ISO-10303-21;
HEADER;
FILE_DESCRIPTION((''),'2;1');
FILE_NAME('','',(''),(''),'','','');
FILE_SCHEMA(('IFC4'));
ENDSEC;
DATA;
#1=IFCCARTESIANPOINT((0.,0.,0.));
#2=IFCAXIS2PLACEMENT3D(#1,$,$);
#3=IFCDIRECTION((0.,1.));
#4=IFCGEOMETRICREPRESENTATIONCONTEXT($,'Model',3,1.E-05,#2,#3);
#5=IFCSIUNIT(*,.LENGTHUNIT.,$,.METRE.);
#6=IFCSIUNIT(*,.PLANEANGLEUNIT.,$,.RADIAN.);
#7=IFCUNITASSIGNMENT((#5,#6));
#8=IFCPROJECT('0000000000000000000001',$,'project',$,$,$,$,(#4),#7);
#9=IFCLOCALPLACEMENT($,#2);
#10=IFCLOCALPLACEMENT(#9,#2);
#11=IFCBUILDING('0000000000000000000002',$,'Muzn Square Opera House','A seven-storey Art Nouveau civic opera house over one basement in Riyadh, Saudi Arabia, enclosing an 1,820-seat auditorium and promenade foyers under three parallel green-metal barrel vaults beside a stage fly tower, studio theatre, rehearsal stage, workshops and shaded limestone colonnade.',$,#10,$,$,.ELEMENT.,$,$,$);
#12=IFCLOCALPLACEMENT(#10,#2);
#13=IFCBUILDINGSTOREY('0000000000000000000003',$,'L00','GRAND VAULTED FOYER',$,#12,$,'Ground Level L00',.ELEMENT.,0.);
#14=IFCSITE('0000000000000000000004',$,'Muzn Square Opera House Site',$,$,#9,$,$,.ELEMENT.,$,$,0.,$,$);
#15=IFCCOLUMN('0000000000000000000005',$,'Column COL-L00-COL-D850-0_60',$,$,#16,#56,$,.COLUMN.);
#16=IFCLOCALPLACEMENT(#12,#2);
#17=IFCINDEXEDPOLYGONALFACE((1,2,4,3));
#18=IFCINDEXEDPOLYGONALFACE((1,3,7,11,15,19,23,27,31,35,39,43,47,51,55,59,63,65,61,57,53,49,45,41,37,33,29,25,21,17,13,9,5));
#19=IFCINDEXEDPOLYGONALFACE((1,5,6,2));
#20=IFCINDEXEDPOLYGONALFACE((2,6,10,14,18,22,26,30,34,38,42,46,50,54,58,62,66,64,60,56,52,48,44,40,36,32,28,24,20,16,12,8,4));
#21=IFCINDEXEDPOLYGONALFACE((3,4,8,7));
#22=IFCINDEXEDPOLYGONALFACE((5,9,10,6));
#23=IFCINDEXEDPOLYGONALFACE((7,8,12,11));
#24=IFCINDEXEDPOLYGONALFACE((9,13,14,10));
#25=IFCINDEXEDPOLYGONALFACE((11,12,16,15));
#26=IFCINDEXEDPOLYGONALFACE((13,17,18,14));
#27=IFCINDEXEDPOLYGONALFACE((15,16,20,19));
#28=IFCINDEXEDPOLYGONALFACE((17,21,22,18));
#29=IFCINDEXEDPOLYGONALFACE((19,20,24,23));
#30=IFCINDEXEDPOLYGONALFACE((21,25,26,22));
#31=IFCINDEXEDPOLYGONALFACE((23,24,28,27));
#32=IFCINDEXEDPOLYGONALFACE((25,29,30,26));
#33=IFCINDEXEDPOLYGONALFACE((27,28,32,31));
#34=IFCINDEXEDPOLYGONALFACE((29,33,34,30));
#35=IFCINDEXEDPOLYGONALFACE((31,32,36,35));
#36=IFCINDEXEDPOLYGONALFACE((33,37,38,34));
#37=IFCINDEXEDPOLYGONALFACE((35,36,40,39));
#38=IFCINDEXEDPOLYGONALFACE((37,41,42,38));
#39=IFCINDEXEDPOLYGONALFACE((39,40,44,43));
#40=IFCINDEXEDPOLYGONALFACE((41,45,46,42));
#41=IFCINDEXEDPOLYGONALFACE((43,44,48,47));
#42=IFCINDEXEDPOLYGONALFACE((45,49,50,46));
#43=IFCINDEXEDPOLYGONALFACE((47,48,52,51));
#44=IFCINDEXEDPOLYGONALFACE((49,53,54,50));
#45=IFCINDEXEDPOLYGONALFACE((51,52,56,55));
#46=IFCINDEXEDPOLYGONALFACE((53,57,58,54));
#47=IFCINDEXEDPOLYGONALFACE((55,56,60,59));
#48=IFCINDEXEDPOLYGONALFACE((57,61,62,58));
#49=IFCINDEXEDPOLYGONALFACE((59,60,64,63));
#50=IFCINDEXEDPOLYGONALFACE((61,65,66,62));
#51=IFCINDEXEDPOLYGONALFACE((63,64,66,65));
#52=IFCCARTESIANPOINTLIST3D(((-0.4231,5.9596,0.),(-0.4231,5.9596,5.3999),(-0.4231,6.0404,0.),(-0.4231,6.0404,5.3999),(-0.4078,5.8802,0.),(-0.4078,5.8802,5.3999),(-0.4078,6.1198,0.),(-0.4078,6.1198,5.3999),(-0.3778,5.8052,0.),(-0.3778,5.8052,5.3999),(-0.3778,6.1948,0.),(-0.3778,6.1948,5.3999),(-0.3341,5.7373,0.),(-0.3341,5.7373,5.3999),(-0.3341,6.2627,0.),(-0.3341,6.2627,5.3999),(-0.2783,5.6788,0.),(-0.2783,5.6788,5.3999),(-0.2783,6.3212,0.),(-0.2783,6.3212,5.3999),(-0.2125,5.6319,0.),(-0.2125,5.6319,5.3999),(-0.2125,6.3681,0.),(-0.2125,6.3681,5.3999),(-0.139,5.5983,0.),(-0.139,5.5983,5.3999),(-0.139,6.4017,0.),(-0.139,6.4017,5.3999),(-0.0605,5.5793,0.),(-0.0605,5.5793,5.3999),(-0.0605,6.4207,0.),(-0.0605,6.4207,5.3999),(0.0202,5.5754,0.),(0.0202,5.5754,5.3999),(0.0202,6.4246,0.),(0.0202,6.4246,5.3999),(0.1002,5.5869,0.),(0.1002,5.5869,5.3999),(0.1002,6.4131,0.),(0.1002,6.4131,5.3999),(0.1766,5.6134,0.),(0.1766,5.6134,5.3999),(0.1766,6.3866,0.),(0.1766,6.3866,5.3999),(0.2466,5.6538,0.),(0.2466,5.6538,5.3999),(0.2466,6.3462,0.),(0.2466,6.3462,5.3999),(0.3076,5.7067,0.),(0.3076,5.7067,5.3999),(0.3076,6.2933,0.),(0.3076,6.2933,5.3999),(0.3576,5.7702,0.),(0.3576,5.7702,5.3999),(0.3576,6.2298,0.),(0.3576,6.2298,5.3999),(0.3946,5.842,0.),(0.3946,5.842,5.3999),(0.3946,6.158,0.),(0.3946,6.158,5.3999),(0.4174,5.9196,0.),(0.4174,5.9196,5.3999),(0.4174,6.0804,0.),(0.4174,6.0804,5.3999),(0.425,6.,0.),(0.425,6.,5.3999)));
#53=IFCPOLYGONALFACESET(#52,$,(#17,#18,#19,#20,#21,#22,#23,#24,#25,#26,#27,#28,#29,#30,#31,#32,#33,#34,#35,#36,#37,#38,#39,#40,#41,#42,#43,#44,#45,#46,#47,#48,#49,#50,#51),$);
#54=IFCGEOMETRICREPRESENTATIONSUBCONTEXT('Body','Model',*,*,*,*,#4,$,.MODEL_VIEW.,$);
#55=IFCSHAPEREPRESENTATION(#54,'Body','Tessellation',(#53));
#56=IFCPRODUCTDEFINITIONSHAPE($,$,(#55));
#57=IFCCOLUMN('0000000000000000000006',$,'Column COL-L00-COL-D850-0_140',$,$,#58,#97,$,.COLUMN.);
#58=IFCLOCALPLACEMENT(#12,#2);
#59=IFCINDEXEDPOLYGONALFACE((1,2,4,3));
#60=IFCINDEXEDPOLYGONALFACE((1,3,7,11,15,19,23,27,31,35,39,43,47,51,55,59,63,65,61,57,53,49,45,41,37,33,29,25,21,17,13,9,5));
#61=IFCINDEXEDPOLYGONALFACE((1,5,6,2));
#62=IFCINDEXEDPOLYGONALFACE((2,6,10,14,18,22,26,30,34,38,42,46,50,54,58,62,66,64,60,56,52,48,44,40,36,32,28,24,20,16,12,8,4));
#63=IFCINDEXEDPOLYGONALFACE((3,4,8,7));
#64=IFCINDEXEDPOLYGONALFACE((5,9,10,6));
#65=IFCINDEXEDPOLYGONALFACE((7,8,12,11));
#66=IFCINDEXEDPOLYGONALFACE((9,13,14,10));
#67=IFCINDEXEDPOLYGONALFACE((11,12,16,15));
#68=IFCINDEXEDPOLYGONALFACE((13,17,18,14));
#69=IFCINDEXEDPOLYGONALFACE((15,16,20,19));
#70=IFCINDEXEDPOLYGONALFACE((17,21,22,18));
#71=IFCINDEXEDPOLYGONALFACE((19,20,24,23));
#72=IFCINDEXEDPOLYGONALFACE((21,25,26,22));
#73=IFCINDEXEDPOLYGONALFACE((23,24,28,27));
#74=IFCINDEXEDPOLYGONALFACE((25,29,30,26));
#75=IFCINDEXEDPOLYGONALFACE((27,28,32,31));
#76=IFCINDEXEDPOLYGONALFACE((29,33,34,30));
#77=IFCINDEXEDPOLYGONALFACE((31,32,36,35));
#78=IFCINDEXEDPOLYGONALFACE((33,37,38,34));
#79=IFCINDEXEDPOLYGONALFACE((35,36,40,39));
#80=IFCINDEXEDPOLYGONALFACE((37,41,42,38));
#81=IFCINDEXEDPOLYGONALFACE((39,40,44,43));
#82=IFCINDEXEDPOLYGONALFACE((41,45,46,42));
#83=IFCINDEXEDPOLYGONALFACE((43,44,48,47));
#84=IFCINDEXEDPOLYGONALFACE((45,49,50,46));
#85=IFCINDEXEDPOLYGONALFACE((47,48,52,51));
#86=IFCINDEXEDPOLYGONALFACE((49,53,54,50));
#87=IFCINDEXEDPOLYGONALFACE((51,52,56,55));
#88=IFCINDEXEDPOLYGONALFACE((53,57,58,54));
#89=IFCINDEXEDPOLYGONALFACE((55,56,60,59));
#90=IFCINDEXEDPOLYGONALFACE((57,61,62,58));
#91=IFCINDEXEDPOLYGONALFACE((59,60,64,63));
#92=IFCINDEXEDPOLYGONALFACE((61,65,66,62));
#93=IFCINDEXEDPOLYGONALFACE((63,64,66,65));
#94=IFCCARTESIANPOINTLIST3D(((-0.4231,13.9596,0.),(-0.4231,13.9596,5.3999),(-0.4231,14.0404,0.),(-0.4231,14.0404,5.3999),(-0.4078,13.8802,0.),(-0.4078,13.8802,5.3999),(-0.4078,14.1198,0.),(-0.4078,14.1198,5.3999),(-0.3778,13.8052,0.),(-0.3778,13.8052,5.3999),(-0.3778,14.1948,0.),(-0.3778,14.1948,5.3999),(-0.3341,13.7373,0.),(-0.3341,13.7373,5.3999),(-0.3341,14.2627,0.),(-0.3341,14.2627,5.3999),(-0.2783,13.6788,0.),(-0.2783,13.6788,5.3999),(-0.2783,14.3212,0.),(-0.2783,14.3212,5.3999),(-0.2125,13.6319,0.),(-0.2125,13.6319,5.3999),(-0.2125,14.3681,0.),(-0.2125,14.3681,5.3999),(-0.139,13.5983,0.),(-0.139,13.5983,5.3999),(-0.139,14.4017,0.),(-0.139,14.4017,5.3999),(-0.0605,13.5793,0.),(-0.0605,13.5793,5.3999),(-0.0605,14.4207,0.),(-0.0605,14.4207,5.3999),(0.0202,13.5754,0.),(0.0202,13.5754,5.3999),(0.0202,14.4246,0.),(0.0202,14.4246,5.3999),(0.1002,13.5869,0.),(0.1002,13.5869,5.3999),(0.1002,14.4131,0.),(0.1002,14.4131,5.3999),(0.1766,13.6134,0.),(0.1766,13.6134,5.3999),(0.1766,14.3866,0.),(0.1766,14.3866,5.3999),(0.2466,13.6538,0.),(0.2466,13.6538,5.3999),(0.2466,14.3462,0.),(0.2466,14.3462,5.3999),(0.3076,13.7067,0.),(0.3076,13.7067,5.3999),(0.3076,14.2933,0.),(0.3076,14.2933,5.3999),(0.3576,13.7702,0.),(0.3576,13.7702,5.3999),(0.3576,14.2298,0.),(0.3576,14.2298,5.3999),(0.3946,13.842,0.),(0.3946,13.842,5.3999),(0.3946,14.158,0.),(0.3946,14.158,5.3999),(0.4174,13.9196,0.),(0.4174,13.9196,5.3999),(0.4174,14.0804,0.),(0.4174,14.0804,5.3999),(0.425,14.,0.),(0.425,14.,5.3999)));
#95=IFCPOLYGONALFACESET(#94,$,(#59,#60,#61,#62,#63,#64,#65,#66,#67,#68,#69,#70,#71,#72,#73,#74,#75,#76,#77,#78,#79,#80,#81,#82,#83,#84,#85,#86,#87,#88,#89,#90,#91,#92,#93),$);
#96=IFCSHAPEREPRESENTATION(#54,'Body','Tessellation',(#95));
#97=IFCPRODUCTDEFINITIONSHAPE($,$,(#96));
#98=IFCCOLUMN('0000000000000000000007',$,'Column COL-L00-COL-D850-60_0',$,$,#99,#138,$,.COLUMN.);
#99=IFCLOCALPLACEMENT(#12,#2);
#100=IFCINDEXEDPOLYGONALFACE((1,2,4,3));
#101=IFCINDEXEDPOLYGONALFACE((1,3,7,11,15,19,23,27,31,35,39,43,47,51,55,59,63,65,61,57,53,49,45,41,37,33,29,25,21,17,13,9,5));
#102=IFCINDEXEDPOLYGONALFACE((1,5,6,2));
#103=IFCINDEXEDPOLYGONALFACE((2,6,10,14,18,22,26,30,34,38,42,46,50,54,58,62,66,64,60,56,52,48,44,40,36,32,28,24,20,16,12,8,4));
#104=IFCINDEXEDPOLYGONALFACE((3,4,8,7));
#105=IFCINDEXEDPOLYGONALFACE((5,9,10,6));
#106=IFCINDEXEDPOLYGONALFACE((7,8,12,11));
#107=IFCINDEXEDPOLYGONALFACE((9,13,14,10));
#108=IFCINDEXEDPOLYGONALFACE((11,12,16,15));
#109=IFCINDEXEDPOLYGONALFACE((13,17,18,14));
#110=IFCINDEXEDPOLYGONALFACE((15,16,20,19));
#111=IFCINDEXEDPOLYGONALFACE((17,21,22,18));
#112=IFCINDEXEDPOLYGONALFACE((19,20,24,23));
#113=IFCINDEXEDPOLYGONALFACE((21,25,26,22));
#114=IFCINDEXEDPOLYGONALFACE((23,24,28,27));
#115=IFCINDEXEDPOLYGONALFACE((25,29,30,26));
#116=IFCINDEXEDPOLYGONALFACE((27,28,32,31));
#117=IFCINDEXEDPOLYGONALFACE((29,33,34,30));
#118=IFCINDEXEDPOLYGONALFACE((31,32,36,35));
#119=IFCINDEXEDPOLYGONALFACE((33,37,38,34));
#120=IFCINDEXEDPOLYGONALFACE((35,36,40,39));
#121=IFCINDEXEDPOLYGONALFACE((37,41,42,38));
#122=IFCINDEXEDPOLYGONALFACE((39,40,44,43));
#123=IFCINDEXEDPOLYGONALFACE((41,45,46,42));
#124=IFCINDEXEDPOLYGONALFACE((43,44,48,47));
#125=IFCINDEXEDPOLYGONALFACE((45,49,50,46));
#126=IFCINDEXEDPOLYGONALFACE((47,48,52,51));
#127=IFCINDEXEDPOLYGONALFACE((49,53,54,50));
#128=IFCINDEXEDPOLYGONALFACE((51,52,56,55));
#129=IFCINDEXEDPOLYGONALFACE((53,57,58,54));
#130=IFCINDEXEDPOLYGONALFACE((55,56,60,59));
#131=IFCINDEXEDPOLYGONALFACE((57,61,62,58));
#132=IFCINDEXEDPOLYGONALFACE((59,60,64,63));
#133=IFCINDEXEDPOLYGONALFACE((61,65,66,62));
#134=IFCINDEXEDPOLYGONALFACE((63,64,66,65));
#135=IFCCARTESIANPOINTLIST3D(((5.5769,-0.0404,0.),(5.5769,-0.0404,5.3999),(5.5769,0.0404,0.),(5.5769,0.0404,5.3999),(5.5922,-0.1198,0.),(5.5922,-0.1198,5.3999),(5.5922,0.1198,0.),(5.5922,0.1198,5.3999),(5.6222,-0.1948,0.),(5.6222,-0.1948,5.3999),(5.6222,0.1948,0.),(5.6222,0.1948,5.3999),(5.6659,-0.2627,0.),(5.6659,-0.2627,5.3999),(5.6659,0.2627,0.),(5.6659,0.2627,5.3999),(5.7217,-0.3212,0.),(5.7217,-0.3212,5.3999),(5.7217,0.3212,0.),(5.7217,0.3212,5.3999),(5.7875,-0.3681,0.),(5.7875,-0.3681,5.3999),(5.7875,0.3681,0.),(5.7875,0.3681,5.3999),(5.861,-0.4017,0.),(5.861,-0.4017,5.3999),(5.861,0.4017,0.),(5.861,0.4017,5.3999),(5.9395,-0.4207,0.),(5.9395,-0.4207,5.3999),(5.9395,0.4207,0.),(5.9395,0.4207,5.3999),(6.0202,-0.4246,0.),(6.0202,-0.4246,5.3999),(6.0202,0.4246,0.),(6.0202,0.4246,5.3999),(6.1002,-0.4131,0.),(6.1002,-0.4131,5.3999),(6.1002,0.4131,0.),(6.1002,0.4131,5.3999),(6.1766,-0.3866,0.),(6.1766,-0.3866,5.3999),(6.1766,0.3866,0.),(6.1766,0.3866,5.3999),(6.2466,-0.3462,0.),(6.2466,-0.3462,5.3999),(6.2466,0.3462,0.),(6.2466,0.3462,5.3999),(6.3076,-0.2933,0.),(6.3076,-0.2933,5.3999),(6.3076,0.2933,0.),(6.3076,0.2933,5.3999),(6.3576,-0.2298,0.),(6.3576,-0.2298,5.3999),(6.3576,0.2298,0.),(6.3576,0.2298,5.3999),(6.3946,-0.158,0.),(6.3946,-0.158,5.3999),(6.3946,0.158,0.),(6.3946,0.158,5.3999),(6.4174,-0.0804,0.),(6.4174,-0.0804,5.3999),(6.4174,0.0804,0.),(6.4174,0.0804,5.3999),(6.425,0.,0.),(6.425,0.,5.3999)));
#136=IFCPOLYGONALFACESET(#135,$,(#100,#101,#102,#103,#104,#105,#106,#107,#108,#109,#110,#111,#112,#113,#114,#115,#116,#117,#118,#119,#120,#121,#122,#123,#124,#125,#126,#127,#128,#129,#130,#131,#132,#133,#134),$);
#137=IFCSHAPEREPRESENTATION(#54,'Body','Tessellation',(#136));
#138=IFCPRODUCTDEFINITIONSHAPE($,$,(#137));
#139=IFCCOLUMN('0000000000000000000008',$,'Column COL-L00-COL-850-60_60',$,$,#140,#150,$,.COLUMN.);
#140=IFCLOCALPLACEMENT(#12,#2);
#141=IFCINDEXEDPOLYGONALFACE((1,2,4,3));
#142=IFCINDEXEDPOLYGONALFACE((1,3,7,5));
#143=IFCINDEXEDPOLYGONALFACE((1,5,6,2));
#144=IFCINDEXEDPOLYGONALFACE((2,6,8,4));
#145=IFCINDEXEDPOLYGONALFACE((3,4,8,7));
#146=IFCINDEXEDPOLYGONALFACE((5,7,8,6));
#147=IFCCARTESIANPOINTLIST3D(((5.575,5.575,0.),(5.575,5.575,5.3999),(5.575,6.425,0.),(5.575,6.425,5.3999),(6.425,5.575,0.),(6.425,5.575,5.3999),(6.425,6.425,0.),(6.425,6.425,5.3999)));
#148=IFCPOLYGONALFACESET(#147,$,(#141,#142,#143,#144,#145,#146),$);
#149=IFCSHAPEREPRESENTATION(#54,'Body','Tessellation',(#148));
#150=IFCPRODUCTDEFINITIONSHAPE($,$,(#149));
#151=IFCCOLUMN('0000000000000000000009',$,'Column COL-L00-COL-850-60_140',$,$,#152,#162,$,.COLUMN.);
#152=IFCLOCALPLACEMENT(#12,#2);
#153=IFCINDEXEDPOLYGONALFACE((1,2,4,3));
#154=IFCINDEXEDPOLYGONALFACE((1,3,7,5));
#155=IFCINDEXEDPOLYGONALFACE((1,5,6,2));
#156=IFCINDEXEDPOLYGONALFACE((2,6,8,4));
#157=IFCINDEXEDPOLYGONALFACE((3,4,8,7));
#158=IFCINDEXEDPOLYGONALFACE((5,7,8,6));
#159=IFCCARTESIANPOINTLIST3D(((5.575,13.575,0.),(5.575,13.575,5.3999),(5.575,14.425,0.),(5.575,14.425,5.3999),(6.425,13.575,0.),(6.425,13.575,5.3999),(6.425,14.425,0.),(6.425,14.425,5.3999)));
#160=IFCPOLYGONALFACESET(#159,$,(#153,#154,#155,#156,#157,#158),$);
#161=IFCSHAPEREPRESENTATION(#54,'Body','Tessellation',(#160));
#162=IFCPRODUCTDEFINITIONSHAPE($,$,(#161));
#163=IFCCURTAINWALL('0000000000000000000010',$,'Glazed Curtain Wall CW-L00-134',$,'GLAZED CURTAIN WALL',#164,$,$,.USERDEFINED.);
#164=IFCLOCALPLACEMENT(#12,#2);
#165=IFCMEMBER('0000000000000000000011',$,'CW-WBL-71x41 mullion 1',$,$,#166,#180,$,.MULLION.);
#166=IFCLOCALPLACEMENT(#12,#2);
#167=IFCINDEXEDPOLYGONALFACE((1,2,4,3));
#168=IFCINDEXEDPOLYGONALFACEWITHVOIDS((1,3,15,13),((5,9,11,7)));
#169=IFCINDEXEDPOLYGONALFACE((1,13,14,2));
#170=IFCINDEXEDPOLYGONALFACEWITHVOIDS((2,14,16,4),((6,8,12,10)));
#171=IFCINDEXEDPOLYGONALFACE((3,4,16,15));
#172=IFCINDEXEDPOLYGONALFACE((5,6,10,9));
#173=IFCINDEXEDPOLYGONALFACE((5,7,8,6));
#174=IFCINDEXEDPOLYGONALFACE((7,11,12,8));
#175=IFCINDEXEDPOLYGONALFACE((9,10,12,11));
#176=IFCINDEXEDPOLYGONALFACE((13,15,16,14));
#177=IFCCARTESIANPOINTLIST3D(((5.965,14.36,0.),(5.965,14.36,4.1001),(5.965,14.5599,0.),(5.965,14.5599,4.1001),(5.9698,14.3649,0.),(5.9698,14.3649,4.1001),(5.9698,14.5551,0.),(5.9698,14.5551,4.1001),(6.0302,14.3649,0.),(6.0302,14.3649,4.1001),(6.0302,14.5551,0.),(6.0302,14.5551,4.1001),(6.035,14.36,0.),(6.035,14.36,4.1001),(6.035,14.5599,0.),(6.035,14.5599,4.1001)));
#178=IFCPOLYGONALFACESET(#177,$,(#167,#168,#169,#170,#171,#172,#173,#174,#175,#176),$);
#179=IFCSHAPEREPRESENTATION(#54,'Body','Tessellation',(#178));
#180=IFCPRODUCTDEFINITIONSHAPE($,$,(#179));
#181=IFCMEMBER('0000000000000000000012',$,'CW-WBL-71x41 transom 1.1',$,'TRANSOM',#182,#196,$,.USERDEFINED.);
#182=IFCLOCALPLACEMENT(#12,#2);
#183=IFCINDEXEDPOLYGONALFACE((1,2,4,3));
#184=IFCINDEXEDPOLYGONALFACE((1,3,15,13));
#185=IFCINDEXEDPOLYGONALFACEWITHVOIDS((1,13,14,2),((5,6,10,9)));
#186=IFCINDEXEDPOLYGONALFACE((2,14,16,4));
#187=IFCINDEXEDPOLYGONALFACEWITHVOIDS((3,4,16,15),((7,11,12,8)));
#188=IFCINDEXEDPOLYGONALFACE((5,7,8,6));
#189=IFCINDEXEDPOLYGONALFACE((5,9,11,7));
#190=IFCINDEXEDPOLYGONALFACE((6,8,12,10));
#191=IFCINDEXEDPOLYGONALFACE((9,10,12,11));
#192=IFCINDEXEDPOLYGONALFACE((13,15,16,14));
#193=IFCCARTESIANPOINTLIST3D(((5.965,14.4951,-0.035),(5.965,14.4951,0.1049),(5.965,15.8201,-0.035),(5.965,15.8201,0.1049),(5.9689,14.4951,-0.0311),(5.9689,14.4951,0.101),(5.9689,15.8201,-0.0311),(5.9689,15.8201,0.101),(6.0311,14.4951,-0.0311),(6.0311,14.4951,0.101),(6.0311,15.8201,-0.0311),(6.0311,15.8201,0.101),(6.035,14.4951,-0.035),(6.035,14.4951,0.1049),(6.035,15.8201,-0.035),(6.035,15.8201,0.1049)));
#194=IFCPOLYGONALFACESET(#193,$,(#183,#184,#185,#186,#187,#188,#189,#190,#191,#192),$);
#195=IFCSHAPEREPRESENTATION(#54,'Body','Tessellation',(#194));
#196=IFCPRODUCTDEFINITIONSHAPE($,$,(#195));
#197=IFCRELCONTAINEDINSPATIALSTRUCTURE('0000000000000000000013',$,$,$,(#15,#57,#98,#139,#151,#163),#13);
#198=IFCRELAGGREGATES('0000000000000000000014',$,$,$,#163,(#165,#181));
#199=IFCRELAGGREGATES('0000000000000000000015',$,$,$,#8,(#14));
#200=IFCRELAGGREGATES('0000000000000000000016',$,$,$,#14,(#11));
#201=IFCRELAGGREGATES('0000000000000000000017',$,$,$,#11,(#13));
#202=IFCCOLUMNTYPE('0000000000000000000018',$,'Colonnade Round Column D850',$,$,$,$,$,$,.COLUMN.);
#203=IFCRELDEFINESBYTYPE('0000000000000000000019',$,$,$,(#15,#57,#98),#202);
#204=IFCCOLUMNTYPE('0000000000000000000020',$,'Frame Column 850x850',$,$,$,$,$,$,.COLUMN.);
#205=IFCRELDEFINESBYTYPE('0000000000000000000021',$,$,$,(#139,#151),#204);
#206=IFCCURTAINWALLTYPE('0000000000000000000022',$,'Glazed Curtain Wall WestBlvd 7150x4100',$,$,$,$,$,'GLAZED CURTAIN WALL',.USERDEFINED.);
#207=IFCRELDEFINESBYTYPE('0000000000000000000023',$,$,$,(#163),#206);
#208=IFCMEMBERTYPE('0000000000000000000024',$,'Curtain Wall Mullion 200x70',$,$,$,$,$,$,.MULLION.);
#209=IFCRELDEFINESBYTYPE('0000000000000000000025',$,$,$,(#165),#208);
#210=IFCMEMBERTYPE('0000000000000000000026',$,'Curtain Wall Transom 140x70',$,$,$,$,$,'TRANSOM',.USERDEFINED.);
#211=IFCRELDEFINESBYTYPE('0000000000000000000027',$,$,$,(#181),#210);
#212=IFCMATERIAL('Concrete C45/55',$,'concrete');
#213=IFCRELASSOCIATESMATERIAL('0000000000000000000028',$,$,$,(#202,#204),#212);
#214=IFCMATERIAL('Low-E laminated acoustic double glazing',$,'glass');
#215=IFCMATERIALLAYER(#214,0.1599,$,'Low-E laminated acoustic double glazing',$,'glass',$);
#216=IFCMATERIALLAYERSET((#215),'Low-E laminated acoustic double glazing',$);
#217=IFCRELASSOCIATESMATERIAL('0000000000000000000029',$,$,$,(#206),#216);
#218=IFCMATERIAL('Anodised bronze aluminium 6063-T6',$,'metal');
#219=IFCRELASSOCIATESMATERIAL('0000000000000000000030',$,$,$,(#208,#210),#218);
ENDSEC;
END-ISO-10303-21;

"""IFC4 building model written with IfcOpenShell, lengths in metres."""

from ifc_helpers import new_model, si_unit, direction, frame, origin, origin_2d, place, context, subcontext, project, spatial, rectangle, hollow_rectangle, circle, extrude, material, layer, layer_set, material_profile, profile_set, type_object, element, aggregate, save


model = new_model("IFC4")

# Units and contexts
model_context = context("Model", 3, precision=1e-05, world=origin(), true_north=direction((0.0, 1.0)))
body_context = subcontext(model_context, "Body", "Model", "MODEL_VIEW")
ifc_project = project(units=[si_unit("LENGTHUNIT", "METRE"), si_unit("PLANEANGLEUNIT", "RADIAN")], contexts=[model_context])

# Site, building, storey
site_placement = place(None, origin())
site = spatial("IfcSite", under=ifc_project, at=site_placement, Name="Muzn Square Opera House Site", CompositionType="ELEMENT", RefElevation=0.0)
building_placement = place(site_placement, origin())
building = spatial("IfcBuilding", under=site, at=building_placement, Name="Muzn Square Opera House", Description="A seven-storey Art Nouveau civic opera house over one basement in Riyadh, Saudi Arabia, enclosing an 1,820-seat auditorium and promenade foyers under three parallel green-metal barrel vaults beside a stage fly tower, studio theatre, rehearsal stage, workshops and shaded limestone colonnade.", CompositionType="ELEMENT")
storey_placement = place(building_placement, origin())
storey = spatial("IfcBuildingStorey", under=building, at=storey_placement, Name="L00", Description="GRAND VAULTED FOYER", LongName="Ground Level L00", CompositionType="ELEMENT", Elevation=0.0)

# Columns
ifc_material_1 = material(Name="Concrete C45/55", Category="concrete")
ifc_material_profile_1 = material_profile(ifc_material_1, circle(Radius=0.425, at=origin_2d()), Name="RCC D850", Category="concrete")
ifc_profile_set_1 = profile_set([ifc_material_profile_1], Name="Concrete C45/55")
column_type_1 = type_object("IfcColumnType", Name="Colonnade Round Column D850", PredefinedType="COLUMN", material=ifc_profile_set_1)
for number, where, z_axis, x_axis, name in (
    (1, (0.0, 6.0, 0.0), (0.0, 0.0, 1.0), (1.0, 0.0, 0.0), "Column COL-L00-COL-D850-0_60"),
    (2, (0.0, 14.0, 0.0), (0.0, 0.0, 1.0), (1.0, 0.0, 0.0), "Column COL-L00-COL-D850-0_140"),
    (3, (6.0, 0.0, 0.0), (0.0, 0.0, 1.0), (1.0, 0.0, 0.0), "Column COL-L00-COL-D850-60_0"),
):
    element("IfcColumn", number, at=place(storey_placement, frame(where, z_axis=z_axis, x_axis=x_axis)), inside=storey, type_object=column_type_1, Name=name, PredefinedType="COLUMN", context=body_context, shape_type="SweptSolid", body=[
        extrude(circle(Radius=0.425, at=origin_2d()), origin(), (0.0, 0.0, 1.0), 5.3999),
    ])
ifc_material_profile_2 = material_profile(ifc_material_1, rectangle(XDim=0.8501, YDim=0.8501, at=origin_2d()), Name="RC 850x850", Category="concrete")
ifc_profile_set_2 = profile_set([ifc_material_profile_2], Name="Concrete C45/55")
column_type_2 = type_object("IfcColumnType", Name="Frame Column 850x850", PredefinedType="COLUMN", material=ifc_profile_set_2)
for number, where, z_axis, x_axis, name in (
    (4, (6.0, 6.0, 0.0), (0.0, 0.0, 1.0), (1.0, 0.0, 0.0), "Column COL-L00-COL-850-60_60"),
    (5, (6.0, 14.0, 0.0), (0.0, 0.0, 1.0), (1.0, 0.0, 0.0), "Column COL-L00-COL-850-60_140"),
):
    element("IfcColumn", number, at=place(storey_placement, frame(where, z_axis=z_axis, x_axis=x_axis)), inside=storey, type_object=column_type_2, Name=name, PredefinedType="COLUMN", context=body_context, shape_type="SweptSolid", body=[
        extrude(rectangle(XDim=0.8501, YDim=0.8501, at=origin_2d()), origin(), (0.0, 0.0, 1.0), 5.3999),
    ])

# Curtain wall, members
ifc_material_2 = material(Name="Low-E laminated acoustic double glazing", Category="glass")
ifc_layer_1 = layer(ifc_material_2, 0.1599, Name="Low-E laminated acoustic double glazing", Category="glass")
ifc_layer_set_1 = layer_set([ifc_layer_1], Name="Low-E laminated acoustic double glazing")
curtain_wall_type = type_object("IfcCurtainWallType", Name="Glazed Curtain Wall WestBlvd 7150x4100", ElementType="GLAZED CURTAIN WALL", PredefinedType="USERDEFINED", material=ifc_layer_set_1)
curtain_wall_placement = place(storey_placement, origin())
curtain_wall = element("IfcCurtainWall", 6, at=curtain_wall_placement, inside=storey, type_object=curtain_wall_type, Name="Glazed Curtain Wall CW-L00-134", ObjectType="GLAZED CURTAIN WALL", PredefinedType="USERDEFINED")
ifc_material_3 = material(Name="Anodised bronze aluminium 6063-T6", Category="metal")
ifc_material_profile_3 = material_profile(ifc_material_3, hollow_rectangle(XDim=0.0701, YDim=0.2, WallThickness=0.0049, at=origin_2d()), Name="ALU 200x70x5", Category="metal")
ifc_profile_set_3 = profile_set([ifc_material_profile_3], Name="Anodised bronze aluminium 6063-T6")
member_type_1 = type_object("IfcMemberType", Name="Curtain Wall Mullion 200x70", PredefinedType="MULLION", material=ifc_profile_set_3)
member_1_placement = place(storey_placement, frame((6.0, 14.46, 0.0), z_axis=(0.0, 0.0, 1.0), x_axis=(-1.0, 0.0, 0.0)))
member_1 = element("IfcMember", 7, at=member_1_placement, type_object=member_type_1, Name="CW-WBL-71x41 mullion 1", PredefinedType="MULLION", context=body_context, shape_type="SweptSolid", body=[
    extrude(hollow_rectangle(XDim=0.0701, YDim=0.2, WallThickness=0.0049, at=origin_2d()), origin(), (0.0, 0.0, 1.0), 4.1001),
])
ifc_material_profile_4 = material_profile(ifc_material_3, hollow_rectangle(XDim=0.0701, YDim=0.1399, WallThickness=0.0039, at=origin_2d()), Name="ALU 140x70x4", Category="metal")
ifc_profile_set_4 = profile_set([ifc_material_profile_4], Name="Anodised bronze aluminium 6063-T6")
member_type_2 = type_object("IfcMemberType", Name="Curtain Wall Transom 140x70", ElementType="TRANSOM", PredefinedType="USERDEFINED", material=ifc_profile_set_4)
member_2_placement = place(storey_placement, frame((6.0, 14.4951, 0.0349), z_axis=(0.0, 1.0, 0.0), x_axis=(-1.0, 0.0, 0.0)))
member_2 = element("IfcMember", 8, at=member_2_placement, type_object=member_type_2, Name="CW-WBL-71x41 transom 1.1", ObjectType="TRANSOM", PredefinedType="USERDEFINED", context=body_context, shape_type="SweptSolid", body=[
    extrude(hollow_rectangle(XDim=0.0701, YDim=0.1399, WallThickness=0.0039, at=origin_2d()), origin(), (0.0, 0.0, 1.0), 1.325),
])
aggregate(curtain_wall, [member_1, member_2])

save(model, "model.ifc")
